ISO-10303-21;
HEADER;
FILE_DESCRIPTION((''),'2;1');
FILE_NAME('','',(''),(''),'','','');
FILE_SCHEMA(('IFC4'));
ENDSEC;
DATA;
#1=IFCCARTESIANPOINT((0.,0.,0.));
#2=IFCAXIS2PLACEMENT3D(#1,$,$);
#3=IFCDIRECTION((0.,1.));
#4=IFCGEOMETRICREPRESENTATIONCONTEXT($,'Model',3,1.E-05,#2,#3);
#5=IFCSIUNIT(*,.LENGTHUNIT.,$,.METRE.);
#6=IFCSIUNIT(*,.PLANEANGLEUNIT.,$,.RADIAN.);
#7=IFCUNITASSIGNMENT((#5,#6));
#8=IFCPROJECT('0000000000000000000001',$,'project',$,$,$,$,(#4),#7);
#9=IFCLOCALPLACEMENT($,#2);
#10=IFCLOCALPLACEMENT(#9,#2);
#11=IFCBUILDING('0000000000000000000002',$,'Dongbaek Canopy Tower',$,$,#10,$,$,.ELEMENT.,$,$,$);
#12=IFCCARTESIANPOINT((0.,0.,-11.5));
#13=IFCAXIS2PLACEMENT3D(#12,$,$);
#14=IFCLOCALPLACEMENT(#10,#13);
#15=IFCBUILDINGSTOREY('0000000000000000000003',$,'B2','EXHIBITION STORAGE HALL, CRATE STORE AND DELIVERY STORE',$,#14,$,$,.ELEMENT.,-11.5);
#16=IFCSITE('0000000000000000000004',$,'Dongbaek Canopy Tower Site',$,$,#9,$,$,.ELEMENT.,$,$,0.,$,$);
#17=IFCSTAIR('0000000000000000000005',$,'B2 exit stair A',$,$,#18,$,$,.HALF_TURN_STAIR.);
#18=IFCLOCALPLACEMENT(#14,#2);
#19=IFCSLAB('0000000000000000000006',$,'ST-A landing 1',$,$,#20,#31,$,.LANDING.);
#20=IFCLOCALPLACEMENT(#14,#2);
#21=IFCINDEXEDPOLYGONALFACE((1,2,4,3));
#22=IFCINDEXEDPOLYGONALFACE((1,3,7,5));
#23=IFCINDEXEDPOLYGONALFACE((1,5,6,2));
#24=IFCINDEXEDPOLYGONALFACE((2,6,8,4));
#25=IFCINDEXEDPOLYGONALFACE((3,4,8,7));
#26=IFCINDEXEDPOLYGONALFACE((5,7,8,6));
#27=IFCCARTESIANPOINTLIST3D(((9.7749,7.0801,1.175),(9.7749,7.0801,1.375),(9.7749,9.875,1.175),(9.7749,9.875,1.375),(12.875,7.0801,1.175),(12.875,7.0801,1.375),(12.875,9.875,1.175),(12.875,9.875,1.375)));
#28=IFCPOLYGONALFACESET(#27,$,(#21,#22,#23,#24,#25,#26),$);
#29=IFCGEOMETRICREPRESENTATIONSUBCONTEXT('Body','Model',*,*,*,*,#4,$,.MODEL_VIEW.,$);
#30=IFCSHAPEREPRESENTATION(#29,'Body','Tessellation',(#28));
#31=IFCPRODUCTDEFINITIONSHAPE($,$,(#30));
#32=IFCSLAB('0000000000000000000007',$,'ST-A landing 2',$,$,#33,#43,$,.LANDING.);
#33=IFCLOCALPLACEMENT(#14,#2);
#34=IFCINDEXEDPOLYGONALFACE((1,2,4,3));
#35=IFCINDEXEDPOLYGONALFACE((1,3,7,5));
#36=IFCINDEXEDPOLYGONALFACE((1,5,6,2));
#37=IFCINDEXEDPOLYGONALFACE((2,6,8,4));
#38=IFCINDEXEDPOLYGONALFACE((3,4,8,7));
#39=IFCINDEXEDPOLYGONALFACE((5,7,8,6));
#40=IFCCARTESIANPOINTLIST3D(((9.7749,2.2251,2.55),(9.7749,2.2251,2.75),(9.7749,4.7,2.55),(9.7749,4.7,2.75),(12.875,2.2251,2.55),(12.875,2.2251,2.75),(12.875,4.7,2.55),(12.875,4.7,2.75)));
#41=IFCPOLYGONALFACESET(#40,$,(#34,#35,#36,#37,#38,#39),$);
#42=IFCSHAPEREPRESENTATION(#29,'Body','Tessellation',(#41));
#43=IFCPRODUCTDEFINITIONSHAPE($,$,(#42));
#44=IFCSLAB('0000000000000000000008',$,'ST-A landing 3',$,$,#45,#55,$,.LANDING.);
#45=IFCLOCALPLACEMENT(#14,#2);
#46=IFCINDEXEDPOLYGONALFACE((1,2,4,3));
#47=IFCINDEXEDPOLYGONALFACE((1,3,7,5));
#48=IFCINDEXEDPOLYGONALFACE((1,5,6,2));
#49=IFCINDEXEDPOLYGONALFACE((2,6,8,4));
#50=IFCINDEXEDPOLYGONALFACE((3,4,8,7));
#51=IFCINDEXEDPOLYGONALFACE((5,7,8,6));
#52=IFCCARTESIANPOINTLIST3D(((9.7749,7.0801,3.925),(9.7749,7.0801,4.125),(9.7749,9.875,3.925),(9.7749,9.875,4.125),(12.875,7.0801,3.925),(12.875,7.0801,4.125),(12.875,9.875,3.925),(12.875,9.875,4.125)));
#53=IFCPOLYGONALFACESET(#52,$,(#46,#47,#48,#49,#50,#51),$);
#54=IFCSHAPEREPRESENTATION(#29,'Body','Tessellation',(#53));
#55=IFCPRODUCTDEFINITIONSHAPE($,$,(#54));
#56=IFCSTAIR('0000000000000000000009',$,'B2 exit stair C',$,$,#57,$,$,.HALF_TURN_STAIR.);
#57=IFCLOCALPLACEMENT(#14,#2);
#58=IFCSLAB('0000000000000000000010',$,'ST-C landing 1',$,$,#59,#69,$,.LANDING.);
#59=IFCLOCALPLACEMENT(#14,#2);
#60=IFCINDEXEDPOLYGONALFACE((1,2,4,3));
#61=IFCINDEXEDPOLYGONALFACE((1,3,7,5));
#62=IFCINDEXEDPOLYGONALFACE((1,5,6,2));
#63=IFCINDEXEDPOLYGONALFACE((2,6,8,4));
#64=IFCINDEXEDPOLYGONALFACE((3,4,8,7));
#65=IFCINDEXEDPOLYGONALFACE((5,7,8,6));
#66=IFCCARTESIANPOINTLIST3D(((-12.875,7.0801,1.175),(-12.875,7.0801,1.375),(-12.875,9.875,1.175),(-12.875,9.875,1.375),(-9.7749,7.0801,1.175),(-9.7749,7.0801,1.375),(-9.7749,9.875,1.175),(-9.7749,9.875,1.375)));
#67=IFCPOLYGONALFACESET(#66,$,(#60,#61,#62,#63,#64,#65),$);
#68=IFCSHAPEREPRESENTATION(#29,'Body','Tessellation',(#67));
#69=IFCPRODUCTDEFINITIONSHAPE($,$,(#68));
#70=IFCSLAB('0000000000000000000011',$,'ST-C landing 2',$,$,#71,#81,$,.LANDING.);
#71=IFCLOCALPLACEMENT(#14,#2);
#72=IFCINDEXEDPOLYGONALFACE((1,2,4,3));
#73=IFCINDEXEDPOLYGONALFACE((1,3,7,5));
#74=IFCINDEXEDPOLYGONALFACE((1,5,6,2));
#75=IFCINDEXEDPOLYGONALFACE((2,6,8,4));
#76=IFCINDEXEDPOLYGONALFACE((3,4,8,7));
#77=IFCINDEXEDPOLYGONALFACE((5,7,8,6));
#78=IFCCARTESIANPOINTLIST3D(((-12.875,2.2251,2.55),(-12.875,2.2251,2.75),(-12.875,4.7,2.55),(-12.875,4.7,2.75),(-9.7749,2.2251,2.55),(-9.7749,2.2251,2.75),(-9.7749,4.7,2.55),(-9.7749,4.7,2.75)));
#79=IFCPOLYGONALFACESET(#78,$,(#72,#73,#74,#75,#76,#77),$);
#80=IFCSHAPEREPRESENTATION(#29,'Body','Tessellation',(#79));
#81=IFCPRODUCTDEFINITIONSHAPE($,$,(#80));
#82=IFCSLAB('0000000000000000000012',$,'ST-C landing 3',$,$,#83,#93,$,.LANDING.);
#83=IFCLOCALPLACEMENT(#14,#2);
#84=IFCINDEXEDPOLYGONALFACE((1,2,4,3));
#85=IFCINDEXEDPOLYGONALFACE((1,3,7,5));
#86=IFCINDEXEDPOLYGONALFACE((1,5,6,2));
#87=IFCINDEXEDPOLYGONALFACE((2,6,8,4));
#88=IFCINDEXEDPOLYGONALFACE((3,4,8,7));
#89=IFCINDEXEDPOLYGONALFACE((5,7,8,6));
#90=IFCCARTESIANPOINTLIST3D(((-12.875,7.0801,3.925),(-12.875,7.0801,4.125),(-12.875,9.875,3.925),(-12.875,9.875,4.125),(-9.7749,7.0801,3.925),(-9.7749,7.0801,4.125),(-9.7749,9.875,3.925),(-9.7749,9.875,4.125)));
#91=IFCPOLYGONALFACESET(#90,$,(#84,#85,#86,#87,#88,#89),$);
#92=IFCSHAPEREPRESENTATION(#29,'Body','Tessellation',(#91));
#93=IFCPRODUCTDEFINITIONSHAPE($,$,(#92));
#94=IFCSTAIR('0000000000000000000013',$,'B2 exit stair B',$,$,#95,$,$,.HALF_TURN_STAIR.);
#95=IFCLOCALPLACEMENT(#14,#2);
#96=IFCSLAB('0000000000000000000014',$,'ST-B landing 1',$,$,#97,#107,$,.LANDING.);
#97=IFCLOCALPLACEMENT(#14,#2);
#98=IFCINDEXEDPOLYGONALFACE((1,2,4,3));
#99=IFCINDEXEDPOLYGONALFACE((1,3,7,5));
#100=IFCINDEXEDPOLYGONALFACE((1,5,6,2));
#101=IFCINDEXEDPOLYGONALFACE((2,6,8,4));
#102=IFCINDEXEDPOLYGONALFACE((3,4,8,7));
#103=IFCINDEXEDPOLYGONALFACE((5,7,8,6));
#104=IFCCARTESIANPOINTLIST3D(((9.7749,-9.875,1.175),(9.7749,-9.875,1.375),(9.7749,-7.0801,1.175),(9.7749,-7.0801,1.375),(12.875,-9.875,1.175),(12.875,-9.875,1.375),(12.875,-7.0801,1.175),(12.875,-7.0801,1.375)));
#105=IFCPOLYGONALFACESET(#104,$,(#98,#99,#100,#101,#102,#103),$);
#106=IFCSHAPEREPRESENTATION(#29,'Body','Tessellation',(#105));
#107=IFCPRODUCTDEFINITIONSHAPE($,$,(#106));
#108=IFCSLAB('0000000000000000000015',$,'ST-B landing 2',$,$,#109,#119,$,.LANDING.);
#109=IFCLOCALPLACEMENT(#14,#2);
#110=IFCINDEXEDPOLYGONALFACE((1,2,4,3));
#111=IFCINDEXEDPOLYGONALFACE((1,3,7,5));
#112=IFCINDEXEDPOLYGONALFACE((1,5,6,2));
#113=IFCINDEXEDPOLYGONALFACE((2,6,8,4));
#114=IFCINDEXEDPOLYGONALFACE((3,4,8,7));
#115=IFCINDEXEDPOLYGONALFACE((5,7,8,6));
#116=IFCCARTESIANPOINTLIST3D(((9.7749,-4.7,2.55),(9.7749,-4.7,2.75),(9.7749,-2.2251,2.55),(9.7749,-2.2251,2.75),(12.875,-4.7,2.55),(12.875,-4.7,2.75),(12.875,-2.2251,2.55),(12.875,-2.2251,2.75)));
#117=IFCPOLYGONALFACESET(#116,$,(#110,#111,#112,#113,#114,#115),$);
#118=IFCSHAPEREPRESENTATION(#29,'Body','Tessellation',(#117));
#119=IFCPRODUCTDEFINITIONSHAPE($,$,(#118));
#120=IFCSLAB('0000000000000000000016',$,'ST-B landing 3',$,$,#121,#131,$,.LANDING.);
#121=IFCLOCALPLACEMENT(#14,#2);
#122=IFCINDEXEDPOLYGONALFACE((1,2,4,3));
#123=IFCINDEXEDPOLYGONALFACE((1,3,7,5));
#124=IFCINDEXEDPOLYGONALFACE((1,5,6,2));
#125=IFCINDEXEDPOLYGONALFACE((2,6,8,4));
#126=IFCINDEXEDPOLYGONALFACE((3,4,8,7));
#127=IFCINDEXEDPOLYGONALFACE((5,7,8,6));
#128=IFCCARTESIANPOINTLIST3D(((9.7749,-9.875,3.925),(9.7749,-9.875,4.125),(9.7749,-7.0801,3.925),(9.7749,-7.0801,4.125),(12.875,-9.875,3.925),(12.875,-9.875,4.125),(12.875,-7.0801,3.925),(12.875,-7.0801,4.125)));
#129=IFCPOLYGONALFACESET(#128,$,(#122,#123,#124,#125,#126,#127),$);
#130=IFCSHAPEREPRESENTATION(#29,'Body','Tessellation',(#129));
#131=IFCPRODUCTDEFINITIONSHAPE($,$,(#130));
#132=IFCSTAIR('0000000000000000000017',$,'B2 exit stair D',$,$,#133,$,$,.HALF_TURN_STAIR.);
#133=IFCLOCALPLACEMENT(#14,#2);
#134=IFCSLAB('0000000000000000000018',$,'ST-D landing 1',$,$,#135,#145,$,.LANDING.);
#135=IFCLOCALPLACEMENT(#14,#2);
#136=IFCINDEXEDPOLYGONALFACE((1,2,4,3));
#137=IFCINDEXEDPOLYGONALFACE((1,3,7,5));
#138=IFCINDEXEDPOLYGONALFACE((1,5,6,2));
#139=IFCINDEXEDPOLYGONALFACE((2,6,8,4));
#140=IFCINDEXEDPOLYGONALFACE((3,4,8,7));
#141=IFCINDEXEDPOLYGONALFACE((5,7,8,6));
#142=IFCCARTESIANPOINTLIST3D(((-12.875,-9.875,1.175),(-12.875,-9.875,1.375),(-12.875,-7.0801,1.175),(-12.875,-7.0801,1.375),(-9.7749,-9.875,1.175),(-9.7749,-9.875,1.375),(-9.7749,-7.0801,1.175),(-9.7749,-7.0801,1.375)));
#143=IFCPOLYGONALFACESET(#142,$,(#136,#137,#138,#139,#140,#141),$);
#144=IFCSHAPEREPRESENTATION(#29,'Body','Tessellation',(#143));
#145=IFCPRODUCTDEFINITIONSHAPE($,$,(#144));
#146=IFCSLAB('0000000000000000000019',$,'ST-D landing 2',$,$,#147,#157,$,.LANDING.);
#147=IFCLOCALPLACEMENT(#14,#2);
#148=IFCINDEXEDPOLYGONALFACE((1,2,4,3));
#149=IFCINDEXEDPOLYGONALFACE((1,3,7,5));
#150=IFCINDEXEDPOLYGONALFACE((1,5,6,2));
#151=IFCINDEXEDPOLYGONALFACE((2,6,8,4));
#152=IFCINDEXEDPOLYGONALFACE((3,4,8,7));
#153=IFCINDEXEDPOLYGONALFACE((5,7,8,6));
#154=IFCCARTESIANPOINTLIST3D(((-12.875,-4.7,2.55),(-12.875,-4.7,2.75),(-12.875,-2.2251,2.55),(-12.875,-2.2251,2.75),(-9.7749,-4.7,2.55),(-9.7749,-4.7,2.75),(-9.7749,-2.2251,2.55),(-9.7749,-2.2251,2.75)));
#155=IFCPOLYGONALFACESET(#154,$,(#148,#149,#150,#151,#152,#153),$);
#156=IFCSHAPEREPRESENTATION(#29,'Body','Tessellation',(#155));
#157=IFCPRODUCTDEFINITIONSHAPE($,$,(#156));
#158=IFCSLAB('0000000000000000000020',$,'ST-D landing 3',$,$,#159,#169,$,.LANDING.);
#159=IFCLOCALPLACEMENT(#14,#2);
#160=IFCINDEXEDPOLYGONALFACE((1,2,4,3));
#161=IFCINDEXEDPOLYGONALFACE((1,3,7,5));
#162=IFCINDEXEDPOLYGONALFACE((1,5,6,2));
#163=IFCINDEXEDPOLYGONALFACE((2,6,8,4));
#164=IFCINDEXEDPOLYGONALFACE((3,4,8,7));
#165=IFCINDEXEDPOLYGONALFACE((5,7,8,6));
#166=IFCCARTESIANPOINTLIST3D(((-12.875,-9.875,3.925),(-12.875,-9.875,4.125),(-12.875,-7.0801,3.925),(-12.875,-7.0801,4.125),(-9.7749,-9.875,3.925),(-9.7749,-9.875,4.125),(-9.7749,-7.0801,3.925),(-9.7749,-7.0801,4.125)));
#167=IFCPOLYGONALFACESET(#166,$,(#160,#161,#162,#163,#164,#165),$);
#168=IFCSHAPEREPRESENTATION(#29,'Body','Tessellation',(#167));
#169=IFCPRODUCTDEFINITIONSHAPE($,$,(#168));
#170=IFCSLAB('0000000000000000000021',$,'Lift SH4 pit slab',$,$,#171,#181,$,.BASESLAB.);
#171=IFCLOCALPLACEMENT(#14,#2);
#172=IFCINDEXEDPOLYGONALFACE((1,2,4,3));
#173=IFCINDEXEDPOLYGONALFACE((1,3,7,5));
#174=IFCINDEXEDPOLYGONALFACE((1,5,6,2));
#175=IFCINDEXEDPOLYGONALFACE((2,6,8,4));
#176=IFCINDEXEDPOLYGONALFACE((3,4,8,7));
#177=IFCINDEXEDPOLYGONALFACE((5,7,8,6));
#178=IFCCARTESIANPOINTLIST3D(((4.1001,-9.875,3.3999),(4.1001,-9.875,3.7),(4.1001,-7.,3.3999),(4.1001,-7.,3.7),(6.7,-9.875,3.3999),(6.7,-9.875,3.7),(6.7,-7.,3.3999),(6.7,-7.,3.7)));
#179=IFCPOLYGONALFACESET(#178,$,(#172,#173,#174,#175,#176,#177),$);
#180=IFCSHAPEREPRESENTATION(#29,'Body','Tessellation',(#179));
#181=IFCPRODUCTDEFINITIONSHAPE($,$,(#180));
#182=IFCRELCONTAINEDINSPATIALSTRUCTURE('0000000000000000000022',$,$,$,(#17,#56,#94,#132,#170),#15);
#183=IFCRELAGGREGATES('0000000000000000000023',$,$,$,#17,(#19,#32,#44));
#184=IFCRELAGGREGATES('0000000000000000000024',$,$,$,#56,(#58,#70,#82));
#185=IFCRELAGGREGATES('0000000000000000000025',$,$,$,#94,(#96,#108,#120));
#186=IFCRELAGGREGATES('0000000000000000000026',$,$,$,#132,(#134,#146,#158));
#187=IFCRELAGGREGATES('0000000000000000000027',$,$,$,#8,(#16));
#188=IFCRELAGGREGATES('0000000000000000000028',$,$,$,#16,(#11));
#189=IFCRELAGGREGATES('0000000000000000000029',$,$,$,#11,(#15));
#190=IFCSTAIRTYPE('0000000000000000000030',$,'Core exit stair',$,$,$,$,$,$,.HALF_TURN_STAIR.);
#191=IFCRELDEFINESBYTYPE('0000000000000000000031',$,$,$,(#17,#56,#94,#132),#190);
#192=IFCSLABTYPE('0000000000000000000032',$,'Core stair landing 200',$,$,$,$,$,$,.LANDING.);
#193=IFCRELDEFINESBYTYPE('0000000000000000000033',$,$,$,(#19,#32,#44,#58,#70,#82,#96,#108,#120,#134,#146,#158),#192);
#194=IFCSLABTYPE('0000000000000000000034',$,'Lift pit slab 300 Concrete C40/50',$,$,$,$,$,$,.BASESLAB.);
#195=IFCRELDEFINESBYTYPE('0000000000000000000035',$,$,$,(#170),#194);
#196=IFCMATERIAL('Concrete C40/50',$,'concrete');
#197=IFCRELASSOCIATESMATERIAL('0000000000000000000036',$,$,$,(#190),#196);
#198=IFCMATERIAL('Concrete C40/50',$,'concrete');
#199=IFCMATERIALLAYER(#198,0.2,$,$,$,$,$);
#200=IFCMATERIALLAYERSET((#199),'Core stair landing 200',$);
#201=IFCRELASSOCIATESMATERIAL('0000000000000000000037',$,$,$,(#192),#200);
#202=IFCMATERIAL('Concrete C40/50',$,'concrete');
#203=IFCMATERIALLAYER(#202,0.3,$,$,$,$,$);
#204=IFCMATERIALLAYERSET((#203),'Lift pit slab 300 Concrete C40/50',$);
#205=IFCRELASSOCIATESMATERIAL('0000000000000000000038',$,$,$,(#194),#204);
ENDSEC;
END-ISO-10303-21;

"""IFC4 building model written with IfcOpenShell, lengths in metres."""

from ifc_helpers import new_model, si_unit, direction, frame, origin, place, context, subcontext, project, spatial, polyline, outline, extrude, material, layer, layer_set, type_object, element, aggregate, save


model = new_model("IFC4")

# Units and contexts
model_context = context("Model", 3, precision=1e-05, world=origin(), true_north=direction((0.0, 1.0)))
body_context = subcontext(model_context, "Body", "Model", "MODEL_VIEW")
ifc_project = project(units=[si_unit("LENGTHUNIT", "METRE"), si_unit("PLANEANGLEUNIT", "RADIAN")], contexts=[model_context])

# Site, building, storey
site_placement = place(None, origin())
site = spatial("IfcSite", under=ifc_project, at=site_placement, Name="Dongbaek Canopy Tower Site", CompositionType="ELEMENT", RefElevation=0.0)
building_placement = place(site_placement, origin())
building = spatial("IfcBuilding", under=site, at=building_placement, Name="Dongbaek Canopy Tower", CompositionType="ELEMENT")
storey_placement = place(building_placement, frame((0.0, 0.0, -11.5)))
storey = spatial("IfcBuildingStorey", under=building, at=storey_placement, Name="B2", Description="EXHIBITION STORAGE HALL, CRATE STORE AND DELIVERY STORE", CompositionType="ELEMENT", Elevation=-11.5)

# Stairs, slabs
ifc_material_1 = material(Name="Concrete C40/50", Category="concrete")
stair_type = type_object("IfcStairType", Name="Core exit stair", PredefinedType="HALF_TURN_STAIR", material=ifc_material_1)
stair_1_placement = place(storey_placement, origin())
stair_1 = element("IfcStair", 1, at=stair_1_placement, inside=storey, type_object=stair_type, Name="B2 exit stair A", PredefinedType="HALF_TURN_STAIR")
ifc_material_2 = material(Name="Concrete C40/50", Category="concrete")
ifc_layer_1 = layer(ifc_material_2, 0.2)
ifc_layer_set_1 = layer_set([ifc_layer_1], Name="Core stair landing 200")
slab_type_1 = type_object("IfcSlabType", Name="Core stair landing 200", PredefinedType="LANDING", material=ifc_layer_set_1)
slab_1_placement = place(storey_placement, frame((0.0, 0.0, 1.175)))
slab_1 = element("IfcSlab", 2, at=slab_1_placement, type_object=slab_type_1, Name="ST-A landing 1", PredefinedType="LANDING", context=body_context, shape_type="SweptSolid", body=[
    extrude(outline(polyline([(12.875, 7.0801), (12.875, 9.875), (9.7749, 9.875), (9.7749, 7.0801), (12.875, 7.0801)])), origin(), (0.0, 0.0, 1.0), 0.2),
])
slab_2_placement = place(storey_placement, frame((0.0, 0.0, 2.55)))
slab_2 = element("IfcSlab", 3, at=slab_2_placement, type_object=slab_type_1, Name="ST-A landing 2", PredefinedType="LANDING", context=body_context, shape_type="SweptSolid", body=[
    extrude(outline(polyline([(12.875, 2.2251), (12.875, 4.7), (9.7749, 4.7), (9.7749, 2.2251), (12.875, 2.2251)])), origin(), (0.0, 0.0, 1.0), 0.2),
])
slab_3_placement = place(storey_placement, frame((0.0, 0.0, 3.925)))
slab_3 = element("IfcSlab", 4, at=slab_3_placement, type_object=slab_type_1, Name="ST-A landing 3", PredefinedType="LANDING", context=body_context, shape_type="SweptSolid", body=[
    extrude(outline(polyline([(12.875, 7.0801), (12.875, 9.875), (9.7749, 9.875), (9.7749, 7.0801), (12.875, 7.0801)])), origin(), (0.0, 0.0, 1.0), 0.2),
])
aggregate(stair_1, [slab_1, slab_2, slab_3])
stair_2_placement = place(storey_placement, origin())
stair_2 = element("IfcStair", 5, at=stair_2_placement, inside=storey, type_object=stair_type, Name="B2 exit stair C", PredefinedType="HALF_TURN_STAIR")
slab_4_placement = place(storey_placement, frame((0.0, 0.0, 1.175)))
slab_4 = element("IfcSlab", 6, at=slab_4_placement, type_object=slab_type_1, Name="ST-C landing 1", PredefinedType="LANDING", context=body_context, shape_type="SweptSolid", body=[
    extrude(outline(polyline([(-9.7749, 7.0801), (-9.7749, 9.875), (-12.875, 9.875), (-12.875, 7.0801), (-9.7749, 7.0801)])), origin(), (0.0, 0.0, 1.0), 0.2),
])
slab_5_placement = place(storey_placement, frame((0.0, 0.0, 2.55)))
slab_5 = element("IfcSlab", 7, at=slab_5_placement, type_object=slab_type_1, Name="ST-C landing 2", PredefinedType="LANDING", context=body_context, shape_type="SweptSolid", body=[
    extrude(outline(polyline([(-9.7749, 2.2251), (-9.7749, 4.7), (-12.875, 4.7), (-12.875, 2.2251), (-9.7749, 2.2251)])), origin(), (0.0, 0.0, 1.0), 0.2),
])
slab_6_placement = place(storey_placement, frame((0.0, 0.0, 3.925)))
slab_6 = element("IfcSlab", 8, at=slab_6_placement, type_object=slab_type_1, Name="ST-C landing 3", PredefinedType="LANDING", context=body_context, shape_type="SweptSolid", body=[
    extrude(outline(polyline([(-9.7749, 7.0801), (-9.7749, 9.875), (-12.875, 9.875), (-12.875, 7.0801), (-9.7749, 7.0801)])), origin(), (0.0, 0.0, 1.0), 0.2),
])
aggregate(stair_2, [slab_4, slab_5, slab_6])
stair_3_placement = place(storey_placement, origin())
stair_3 = element("IfcStair", 9, at=stair_3_placement, inside=storey, type_object=stair_type, Name="B2 exit stair B", PredefinedType="HALF_TURN_STAIR")
slab_7_placement = place(storey_placement, frame((0.0, 0.0, 1.175)))
slab_7 = element("IfcSlab", 10, at=slab_7_placement, type_object=slab_type_1, Name="ST-B landing 1", PredefinedType="LANDING", context=body_context, shape_type="SweptSolid", body=[
    extrude(outline(polyline([(9.7749, -7.0801), (9.7749, -9.875), (12.875, -9.875), (12.875, -7.0801), (9.7749, -7.0801)])), origin(), (0.0, 0.0, 1.0), 0.2),
])
slab_8_placement = place(storey_placement, frame((0.0, 0.0, 2.55)))
slab_8 = element("IfcSlab", 11, at=slab_8_placement, type_object=slab_type_1, Name="ST-B landing 2", PredefinedType="LANDING", context=body_context, shape_type="SweptSolid", body=[
    extrude(outline(polyline([(9.7749, -2.2251), (9.7749, -4.7), (12.875, -4.7), (12.875, -2.2251), (9.7749, -2.2251)])), origin(), (0.0, 0.0, 1.0), 0.2),
])
slab_9_placement = place(storey_placement, frame((0.0, 0.0, 3.925)))
slab_9 = element("IfcSlab", 12, at=slab_9_placement, type_object=slab_type_1, Name="ST-B landing 3", PredefinedType="LANDING", context=body_context, shape_type="SweptSolid", body=[
    extrude(outline(polyline([(9.7749, -7.0801), (9.7749, -9.875), (12.875, -9.875), (12.875, -7.0801), (9.7749, -7.0801)])), origin(), (0.0, 0.0, 1.0), 0.2),
])
aggregate(stair_3, [slab_7, slab_8, slab_9])
stair_4_placement = place(storey_placement, origin())
stair_4 = element("IfcStair", 13, at=stair_4_placement, inside=storey, type_object=stair_type, Name="B2 exit stair D", PredefinedType="HALF_TURN_STAIR")
slab_10_placement = place(storey_placement, frame((0.0, 0.0, 1.175)))
slab_10 = element("IfcSlab", 14, at=slab_10_placement, type_object=slab_type_1, Name="ST-D landing 1", PredefinedType="LANDING", context=body_context, shape_type="SweptSolid", body=[
    extrude(outline(polyline([(-12.875, -7.0801), (-12.875, -9.875), (-9.7749, -9.875), (-9.7749, -7.0801), (-12.875, -7.0801)])), origin(), (0.0, 0.0, 1.0), 0.2),
])
slab_11_placement = place(storey_placement, frame((0.0, 0.0, 2.55)))
slab_11 = element("IfcSlab", 15, at=slab_11_placement, type_object=slab_type_1, Name="ST-D landing 2", PredefinedType="LANDING", context=body_context, shape_type="SweptSolid", body=[
    extrude(outline(polyline([(-12.875, -2.2251), (-12.875, -4.7), (-9.7749, -4.7), (-9.7749, -2.2251), (-12.875, -2.2251)])), origin(), (0.0, 0.0, 1.0), 0.2),
])
slab_12_placement = place(storey_placement, frame((0.0, 0.0, 3.925)))
slab_12 = element("IfcSlab", 16, at=slab_12_placement, type_object=slab_type_1, Name="ST-D landing 3", PredefinedType="LANDING", context=body_context, shape_type="SweptSolid", body=[
    extrude(outline(polyline([(-12.875, -7.0801), (-12.875, -9.875), (-9.7749, -9.875), (-9.7749, -7.0801), (-12.875, -7.0801)])), origin(), (0.0, 0.0, 1.0), 0.2),
])
aggregate(stair_4, [slab_10, slab_11, slab_12])

# Slab
ifc_material_3 = material(Name="Concrete C40/50", Category="concrete")
ifc_layer_2 = layer(ifc_material_3, 0.3)
ifc_layer_set_2 = layer_set([ifc_layer_2], Name="Lift pit slab 300 Concrete C40/50")
slab_type_2 = type_object("IfcSlabType", Name="Lift pit slab 300 Concrete C40/50", PredefinedType="BASESLAB", material=ifc_layer_set_2)
slab_13_placement = place(storey_placement, frame((0.0, 0.0, 3.3999)))
element("IfcSlab", 17, at=slab_13_placement, inside=storey, type_object=slab_type_2, Name="Lift SH4 pit slab", PredefinedType="BASESLAB", context=body_context, shape_type="SweptSolid", body=[
    extrude(outline(polyline([(4.1001, -9.875), (4.1001, -7.0), (6.7, -7.0), (6.7, -9.875), (4.1001, -9.875)])), origin(), (0.0, 0.0, 1.0), 0.3),
])

save(model, "model.ifc")
